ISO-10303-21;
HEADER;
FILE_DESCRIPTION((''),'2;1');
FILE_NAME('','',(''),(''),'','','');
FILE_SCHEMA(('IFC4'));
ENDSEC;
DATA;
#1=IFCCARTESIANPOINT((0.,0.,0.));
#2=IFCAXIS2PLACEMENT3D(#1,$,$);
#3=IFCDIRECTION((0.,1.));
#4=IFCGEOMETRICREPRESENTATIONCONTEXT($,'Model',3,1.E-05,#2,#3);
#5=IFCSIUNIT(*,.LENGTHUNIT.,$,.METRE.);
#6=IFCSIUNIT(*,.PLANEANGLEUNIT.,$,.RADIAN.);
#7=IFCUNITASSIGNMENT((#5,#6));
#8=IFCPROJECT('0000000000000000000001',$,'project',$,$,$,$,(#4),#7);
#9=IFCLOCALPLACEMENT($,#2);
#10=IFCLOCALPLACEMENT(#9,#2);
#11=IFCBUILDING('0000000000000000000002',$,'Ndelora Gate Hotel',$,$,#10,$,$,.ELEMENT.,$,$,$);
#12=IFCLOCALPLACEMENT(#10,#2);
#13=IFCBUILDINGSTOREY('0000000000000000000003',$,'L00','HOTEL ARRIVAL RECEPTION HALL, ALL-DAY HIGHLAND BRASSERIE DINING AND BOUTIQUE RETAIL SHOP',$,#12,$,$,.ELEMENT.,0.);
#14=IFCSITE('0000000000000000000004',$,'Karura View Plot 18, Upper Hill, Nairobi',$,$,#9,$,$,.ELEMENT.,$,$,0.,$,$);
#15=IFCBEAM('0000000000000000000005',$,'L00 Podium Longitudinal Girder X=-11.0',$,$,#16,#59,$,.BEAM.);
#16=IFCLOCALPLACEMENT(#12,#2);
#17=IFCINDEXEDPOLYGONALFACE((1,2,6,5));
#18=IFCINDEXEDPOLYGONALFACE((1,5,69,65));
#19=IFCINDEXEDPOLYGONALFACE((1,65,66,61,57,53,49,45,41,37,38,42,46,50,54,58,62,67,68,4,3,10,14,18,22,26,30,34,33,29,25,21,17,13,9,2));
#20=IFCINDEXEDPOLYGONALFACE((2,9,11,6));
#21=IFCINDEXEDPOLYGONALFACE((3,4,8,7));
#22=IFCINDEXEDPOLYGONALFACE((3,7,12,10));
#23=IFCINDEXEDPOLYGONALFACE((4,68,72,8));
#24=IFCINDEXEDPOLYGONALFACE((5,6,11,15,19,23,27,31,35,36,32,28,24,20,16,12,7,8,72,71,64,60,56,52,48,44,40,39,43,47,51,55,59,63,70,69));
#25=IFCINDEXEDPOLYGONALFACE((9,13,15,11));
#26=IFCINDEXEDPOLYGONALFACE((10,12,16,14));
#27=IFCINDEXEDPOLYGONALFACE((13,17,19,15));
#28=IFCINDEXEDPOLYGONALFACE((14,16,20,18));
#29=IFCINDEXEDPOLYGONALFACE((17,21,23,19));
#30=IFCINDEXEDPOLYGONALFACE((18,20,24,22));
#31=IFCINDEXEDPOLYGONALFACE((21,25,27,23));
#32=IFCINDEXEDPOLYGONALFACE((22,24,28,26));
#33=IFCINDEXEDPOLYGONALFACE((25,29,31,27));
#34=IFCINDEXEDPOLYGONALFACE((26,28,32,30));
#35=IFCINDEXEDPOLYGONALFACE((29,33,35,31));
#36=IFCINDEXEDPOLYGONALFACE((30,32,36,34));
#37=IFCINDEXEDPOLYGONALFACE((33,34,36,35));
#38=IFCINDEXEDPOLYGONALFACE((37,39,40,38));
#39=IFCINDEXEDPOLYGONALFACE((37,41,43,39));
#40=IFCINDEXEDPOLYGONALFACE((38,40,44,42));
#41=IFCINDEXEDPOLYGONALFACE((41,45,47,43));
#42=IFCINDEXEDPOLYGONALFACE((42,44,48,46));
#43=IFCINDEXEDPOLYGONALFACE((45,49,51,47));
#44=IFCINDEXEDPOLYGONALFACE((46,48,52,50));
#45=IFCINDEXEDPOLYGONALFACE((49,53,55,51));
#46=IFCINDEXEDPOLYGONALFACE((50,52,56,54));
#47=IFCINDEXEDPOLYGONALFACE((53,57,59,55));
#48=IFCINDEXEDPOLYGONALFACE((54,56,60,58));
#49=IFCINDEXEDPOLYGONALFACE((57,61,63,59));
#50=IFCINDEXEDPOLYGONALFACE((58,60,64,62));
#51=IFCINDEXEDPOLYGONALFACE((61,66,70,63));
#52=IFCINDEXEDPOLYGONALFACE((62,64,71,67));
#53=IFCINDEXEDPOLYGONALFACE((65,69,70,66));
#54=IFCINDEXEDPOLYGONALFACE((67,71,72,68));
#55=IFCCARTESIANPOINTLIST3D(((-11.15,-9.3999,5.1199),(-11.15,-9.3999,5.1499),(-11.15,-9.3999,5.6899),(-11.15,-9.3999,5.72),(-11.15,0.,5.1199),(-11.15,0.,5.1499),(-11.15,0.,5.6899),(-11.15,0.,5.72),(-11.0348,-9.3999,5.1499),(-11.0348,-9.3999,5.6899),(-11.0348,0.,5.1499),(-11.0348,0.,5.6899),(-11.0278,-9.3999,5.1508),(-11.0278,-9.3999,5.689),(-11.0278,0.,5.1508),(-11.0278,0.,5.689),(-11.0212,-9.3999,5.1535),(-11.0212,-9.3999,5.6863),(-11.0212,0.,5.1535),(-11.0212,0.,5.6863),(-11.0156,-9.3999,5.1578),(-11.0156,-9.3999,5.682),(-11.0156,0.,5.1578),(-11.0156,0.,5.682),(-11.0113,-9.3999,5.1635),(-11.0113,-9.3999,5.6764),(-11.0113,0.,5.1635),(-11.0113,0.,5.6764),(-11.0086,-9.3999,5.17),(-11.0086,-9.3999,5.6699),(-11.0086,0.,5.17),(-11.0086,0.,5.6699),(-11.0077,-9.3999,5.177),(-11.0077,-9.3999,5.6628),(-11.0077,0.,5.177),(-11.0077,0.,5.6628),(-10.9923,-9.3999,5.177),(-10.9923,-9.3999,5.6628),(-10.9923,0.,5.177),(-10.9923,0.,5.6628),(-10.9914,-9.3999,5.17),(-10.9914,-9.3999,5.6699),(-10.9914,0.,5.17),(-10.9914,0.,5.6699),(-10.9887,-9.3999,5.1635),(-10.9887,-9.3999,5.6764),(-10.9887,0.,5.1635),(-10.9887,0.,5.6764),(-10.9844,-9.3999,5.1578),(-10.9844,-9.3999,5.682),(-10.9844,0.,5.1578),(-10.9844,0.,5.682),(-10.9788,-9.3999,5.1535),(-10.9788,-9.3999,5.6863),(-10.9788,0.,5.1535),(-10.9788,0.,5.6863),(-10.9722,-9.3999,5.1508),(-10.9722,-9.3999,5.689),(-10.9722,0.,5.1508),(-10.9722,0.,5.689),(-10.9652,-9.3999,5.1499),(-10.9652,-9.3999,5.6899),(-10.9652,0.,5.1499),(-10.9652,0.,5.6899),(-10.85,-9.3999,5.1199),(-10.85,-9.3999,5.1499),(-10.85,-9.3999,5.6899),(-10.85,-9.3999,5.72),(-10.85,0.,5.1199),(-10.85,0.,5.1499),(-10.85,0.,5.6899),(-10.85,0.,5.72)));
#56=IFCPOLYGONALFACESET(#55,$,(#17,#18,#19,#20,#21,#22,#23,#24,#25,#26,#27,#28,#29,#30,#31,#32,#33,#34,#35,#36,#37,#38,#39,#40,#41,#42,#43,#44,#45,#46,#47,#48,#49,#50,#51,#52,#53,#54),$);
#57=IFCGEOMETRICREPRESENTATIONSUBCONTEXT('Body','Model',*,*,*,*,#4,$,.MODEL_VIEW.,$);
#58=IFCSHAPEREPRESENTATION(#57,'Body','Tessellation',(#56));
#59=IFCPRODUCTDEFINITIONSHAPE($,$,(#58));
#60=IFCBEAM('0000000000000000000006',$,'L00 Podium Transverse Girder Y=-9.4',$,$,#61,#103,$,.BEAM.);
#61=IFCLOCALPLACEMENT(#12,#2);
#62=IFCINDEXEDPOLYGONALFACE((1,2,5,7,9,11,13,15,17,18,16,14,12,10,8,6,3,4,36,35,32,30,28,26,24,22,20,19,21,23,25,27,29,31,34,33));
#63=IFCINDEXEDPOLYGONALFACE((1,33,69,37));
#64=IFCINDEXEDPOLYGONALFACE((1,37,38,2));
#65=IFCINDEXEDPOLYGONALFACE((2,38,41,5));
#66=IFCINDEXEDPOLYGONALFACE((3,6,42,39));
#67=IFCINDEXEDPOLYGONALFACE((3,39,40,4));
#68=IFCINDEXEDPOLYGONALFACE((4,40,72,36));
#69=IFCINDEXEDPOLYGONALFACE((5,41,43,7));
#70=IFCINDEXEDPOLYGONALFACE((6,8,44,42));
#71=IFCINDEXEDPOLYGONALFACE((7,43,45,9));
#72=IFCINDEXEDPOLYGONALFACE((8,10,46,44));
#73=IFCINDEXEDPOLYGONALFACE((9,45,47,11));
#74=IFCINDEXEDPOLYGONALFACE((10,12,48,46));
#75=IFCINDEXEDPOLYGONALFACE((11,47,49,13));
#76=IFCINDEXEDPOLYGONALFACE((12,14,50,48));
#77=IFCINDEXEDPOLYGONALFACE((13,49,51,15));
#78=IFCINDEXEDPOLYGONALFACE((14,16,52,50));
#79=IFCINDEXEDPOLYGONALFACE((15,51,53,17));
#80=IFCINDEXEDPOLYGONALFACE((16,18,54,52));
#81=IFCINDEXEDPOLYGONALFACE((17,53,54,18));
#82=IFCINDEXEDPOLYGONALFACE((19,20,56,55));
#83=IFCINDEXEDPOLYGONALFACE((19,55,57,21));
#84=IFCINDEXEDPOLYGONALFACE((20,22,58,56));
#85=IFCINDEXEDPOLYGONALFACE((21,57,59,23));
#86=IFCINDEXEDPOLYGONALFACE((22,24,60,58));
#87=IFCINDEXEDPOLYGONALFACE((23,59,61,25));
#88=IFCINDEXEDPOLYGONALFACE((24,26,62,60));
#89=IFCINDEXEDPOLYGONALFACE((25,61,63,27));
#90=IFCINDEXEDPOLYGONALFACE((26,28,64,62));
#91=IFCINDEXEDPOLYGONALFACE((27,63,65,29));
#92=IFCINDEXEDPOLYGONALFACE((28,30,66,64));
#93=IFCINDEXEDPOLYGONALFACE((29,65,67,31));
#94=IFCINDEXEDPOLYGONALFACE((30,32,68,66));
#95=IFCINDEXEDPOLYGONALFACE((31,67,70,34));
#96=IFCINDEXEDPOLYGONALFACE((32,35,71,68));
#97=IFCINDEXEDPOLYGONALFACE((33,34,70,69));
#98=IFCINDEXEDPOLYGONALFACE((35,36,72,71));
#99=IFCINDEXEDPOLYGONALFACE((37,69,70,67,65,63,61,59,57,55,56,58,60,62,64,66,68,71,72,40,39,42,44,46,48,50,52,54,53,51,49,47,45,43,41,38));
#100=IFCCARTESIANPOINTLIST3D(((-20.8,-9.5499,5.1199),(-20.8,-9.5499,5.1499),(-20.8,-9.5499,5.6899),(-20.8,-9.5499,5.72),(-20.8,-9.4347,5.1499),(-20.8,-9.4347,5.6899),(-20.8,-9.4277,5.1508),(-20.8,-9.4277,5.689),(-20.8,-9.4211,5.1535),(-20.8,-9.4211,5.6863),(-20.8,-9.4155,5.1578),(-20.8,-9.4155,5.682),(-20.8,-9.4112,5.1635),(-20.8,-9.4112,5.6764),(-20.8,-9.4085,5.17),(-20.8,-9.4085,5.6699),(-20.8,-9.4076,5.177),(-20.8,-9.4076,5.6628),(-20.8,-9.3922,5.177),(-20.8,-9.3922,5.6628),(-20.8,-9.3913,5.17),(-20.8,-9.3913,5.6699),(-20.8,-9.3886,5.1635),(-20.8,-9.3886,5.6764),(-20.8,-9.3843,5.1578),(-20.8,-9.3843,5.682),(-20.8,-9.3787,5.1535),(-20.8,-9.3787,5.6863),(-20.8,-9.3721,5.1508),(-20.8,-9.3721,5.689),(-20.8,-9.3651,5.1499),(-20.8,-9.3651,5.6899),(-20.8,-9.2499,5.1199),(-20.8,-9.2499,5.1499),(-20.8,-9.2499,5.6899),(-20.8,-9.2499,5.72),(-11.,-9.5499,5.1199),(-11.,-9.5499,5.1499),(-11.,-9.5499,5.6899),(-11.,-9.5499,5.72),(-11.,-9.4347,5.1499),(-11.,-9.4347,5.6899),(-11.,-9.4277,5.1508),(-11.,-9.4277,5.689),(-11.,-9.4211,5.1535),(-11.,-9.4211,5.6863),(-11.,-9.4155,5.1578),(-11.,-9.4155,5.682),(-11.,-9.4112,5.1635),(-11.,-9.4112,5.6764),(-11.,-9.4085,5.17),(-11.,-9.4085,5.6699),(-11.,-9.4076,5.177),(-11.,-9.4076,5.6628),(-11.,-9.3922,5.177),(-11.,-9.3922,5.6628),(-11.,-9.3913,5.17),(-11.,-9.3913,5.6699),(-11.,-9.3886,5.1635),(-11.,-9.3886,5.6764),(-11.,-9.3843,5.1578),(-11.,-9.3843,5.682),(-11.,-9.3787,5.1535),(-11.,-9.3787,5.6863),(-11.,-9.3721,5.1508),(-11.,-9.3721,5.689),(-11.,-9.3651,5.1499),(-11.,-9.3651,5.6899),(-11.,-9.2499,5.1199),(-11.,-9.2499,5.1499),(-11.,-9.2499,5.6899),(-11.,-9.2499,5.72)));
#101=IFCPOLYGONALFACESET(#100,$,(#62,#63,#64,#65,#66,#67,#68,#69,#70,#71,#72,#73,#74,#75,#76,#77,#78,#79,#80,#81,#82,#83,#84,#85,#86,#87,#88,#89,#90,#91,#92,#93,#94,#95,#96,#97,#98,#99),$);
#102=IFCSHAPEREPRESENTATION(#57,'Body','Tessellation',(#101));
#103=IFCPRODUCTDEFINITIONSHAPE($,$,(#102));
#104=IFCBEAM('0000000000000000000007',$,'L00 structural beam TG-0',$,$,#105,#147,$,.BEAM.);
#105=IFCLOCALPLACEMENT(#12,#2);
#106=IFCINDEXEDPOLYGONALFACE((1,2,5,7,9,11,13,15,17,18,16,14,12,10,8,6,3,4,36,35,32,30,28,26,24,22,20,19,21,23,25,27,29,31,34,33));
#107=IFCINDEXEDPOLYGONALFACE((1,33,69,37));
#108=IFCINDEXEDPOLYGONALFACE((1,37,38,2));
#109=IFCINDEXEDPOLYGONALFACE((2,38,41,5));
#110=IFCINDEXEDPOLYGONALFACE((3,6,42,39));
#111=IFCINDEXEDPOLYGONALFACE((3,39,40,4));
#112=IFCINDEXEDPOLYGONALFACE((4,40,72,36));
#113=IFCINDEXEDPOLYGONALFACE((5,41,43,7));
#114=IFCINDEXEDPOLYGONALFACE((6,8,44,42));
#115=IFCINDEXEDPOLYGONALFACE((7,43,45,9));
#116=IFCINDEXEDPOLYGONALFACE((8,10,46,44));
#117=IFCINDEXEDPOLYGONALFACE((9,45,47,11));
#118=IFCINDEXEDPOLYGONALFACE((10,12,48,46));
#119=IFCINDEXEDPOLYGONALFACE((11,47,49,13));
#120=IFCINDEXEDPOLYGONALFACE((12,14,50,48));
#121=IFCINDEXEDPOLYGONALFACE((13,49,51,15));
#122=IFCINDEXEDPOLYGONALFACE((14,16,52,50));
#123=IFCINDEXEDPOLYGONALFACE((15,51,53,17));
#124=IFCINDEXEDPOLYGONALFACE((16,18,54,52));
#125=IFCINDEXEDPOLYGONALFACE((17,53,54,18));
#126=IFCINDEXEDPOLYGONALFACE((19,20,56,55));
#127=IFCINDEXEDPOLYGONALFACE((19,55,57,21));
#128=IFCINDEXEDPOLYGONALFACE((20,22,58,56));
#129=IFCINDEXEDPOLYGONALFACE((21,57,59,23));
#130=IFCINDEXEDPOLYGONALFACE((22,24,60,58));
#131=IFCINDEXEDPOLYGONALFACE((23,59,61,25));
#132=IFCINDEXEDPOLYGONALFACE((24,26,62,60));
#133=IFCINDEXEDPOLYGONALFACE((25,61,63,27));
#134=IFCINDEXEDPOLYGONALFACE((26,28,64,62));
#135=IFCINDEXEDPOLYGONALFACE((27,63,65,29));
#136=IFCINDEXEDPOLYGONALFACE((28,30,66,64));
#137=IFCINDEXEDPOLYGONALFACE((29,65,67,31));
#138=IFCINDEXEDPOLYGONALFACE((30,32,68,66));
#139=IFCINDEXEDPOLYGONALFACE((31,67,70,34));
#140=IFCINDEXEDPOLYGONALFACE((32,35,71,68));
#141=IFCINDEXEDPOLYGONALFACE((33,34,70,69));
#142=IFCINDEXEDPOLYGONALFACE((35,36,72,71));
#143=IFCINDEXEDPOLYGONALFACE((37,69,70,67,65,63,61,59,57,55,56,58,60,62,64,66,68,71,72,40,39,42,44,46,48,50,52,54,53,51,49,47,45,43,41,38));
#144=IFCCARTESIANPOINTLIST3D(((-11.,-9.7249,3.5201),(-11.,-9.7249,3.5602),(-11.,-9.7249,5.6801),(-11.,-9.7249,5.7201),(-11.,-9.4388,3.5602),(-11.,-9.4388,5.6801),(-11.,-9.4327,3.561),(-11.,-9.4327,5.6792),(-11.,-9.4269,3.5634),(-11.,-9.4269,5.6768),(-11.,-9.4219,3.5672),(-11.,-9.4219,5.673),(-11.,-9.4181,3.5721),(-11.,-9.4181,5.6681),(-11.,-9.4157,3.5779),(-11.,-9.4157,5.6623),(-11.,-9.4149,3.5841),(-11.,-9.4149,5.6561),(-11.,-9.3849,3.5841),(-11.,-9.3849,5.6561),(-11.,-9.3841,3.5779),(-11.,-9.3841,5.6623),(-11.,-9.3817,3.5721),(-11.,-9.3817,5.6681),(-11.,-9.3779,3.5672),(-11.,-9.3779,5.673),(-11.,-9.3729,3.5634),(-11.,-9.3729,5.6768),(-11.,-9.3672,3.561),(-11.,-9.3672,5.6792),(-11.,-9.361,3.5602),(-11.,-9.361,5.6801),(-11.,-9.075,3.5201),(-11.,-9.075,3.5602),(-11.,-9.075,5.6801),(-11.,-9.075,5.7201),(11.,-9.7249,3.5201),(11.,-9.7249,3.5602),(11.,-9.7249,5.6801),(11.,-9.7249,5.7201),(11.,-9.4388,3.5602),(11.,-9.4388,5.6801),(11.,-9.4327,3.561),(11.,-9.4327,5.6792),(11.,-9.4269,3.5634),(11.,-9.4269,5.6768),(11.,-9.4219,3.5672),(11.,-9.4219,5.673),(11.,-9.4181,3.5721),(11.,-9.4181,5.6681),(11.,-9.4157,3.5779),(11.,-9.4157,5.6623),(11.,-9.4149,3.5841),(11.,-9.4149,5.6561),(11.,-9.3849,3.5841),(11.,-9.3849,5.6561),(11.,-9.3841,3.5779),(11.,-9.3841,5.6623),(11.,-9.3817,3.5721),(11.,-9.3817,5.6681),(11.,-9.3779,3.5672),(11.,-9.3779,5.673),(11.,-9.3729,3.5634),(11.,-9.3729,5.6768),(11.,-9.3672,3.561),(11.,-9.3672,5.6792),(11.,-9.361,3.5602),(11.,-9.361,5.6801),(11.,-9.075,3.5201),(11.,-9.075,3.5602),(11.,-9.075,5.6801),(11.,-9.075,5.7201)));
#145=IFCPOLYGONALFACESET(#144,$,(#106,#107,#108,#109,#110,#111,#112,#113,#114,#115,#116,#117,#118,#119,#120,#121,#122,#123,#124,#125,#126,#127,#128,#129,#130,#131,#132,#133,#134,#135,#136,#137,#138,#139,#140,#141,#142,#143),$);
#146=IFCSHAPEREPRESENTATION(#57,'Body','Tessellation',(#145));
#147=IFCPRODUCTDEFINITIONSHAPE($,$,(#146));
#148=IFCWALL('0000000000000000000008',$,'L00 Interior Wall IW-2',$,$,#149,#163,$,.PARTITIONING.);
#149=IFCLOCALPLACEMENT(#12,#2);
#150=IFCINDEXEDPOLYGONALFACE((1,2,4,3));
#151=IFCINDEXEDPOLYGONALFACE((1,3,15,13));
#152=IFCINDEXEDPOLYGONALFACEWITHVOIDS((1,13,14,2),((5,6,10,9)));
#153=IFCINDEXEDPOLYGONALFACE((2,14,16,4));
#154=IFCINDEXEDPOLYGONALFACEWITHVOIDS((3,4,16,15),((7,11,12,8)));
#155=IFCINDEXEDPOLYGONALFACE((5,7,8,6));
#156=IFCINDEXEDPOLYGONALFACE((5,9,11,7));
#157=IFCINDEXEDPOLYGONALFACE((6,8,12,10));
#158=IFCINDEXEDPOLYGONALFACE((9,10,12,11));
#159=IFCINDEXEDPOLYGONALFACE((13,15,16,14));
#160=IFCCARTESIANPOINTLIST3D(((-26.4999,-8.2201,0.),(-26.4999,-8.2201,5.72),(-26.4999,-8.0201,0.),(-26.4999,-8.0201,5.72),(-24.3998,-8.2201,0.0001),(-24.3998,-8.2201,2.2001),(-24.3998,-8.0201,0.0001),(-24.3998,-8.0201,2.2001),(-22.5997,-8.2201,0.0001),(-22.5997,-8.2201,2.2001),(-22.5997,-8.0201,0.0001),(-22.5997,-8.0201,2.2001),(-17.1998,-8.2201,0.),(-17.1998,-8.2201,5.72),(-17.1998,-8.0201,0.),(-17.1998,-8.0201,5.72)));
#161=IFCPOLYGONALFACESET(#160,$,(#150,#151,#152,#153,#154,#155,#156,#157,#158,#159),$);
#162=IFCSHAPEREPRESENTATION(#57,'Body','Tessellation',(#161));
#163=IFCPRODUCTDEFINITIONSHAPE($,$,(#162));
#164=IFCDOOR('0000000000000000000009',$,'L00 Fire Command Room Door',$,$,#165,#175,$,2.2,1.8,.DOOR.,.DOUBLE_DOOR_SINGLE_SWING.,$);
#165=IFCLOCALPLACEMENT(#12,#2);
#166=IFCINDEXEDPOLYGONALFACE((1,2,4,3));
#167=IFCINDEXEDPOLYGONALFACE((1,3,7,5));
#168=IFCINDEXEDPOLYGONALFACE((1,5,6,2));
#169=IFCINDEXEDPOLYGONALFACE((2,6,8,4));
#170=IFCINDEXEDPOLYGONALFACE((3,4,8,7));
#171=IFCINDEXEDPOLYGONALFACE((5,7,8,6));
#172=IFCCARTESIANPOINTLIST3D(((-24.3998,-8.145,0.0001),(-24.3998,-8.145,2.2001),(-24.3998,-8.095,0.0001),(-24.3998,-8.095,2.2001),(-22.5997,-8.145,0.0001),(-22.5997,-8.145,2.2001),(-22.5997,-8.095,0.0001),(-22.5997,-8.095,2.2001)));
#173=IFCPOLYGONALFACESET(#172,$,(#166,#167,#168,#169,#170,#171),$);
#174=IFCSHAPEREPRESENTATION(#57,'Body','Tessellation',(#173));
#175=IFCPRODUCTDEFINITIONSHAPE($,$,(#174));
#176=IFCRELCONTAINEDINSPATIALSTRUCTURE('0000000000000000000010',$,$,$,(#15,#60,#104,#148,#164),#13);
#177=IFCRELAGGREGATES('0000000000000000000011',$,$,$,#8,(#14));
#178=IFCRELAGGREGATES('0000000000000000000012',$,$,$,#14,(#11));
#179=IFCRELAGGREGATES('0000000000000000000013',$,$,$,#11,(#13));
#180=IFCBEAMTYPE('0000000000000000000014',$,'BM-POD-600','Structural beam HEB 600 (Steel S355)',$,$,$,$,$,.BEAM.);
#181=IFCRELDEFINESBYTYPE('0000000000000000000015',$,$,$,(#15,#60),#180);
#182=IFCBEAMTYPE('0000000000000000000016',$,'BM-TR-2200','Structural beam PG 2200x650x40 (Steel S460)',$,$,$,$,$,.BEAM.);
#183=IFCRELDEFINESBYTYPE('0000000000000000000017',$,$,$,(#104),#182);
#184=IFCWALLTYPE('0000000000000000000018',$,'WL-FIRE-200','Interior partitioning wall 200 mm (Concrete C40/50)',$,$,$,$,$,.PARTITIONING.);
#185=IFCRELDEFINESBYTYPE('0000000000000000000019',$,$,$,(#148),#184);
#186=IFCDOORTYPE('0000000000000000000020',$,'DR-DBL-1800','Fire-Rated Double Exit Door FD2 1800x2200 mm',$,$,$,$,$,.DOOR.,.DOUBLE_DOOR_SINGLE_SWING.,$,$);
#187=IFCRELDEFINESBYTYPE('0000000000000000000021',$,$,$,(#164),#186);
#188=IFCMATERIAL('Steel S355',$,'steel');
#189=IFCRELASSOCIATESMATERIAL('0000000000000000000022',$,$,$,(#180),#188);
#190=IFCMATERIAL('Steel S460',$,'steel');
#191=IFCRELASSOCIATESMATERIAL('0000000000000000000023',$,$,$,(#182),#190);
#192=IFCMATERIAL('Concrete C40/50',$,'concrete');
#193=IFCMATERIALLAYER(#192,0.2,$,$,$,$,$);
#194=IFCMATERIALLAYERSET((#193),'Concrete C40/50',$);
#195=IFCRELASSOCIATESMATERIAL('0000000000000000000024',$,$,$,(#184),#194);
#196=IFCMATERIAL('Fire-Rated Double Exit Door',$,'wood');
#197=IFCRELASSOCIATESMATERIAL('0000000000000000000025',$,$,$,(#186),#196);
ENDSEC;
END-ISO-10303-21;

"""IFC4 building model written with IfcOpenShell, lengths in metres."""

from ifc_helpers import new_model, si_unit, direction, frame, frame_2d, origin, origin_2d, place, context, subcontext, project, spatial, rectangle, i_section, extrude, material, layer, layer_set, material_profile, profile_set, type_object, element, fill, save


model = new_model("IFC4")

# Units and contexts
model_context = context("Model", 3, precision=1e-05, world=origin(), true_north=direction((0.0, 1.0)))
body_context = subcontext(model_context, "Body", "Model", "MODEL_VIEW")
ifc_project = project(units=[si_unit("LENGTHUNIT", "METRE"), si_unit("PLANEANGLEUNIT", "RADIAN")], contexts=[model_context])

# Site, building, storey
site_placement = place(None, origin())
site = spatial("IfcSite", under=ifc_project, at=site_placement, Name="Karura View Plot 18, Upper Hill, Nairobi", CompositionType="ELEMENT", RefElevation=0.0)
building_placement = place(site_placement, origin())
building = spatial("IfcBuilding", under=site, at=building_placement, Name="Ndelora Gate Hotel", CompositionType="ELEMENT")
storey_placement = place(building_placement, origin())
storey = spatial("IfcBuildingStorey", under=building, at=storey_placement, Name="L00", Description="HOTEL ARRIVAL RECEPTION HALL, ALL-DAY HIGHLAND BRASSERIE DINING AND BOUTIQUE RETAIL SHOP", CompositionType="ELEMENT", Elevation=0.0)

# Beams
ifc_material_1 = material(Name="Steel S355", Category="steel")
ifc_material_profile_1 = material_profile(ifc_material_1, i_section(OverallWidth=0.3, OverallDepth=0.6001, WebThickness=0.0154, FlangeThickness=0.03, FilletRadius=0.0271, at=origin_2d()), Name="HEB 600")
ifc_profile_set_1 = profile_set([ifc_material_profile_1], Name="Steel S355")
beam_type_1 = type_object("IfcBeamType", Name="BM-POD-600", Description="Structural beam HEB 600 (Steel S355)", PredefinedType="BEAM", material=ifc_profile_set_1)
for number, where, z_axis, x_axis, name in (
    (1, (-11.0, -9.3999, 5.4199), (0.0, 1.0, 0.0), (-1.0, 0.0, 0.0), "L00 Podium Longitudinal Girder X=-11.0"),
):
    element("IfcBeam", number, at=place(storey_placement, frame(where, z_axis=z_axis, x_axis=x_axis)), inside=storey, type_object=beam_type_1, Name=name, PredefinedType="BEAM", context=body_context, shape_type="SweptSolid", body=[
        extrude(i_section(OverallWidth=0.3, OverallDepth=0.6001, WebThickness=0.0154, FlangeThickness=0.03, FilletRadius=0.0271, at=origin_2d()), origin(), (0.0, 0.0, 1.0), 9.3999),
    ])
beam_1_placement = place(storey_placement, frame((-20.8, -9.3999, 5.4199), z_axis=(1.0, 0.0, 0.0), x_axis=(0.0, 1.0, 0.0)))
element("IfcBeam", 2, at=beam_1_placement, inside=storey, type_object=beam_type_1, Name="L00 Podium Transverse Girder Y=-9.4", PredefinedType="BEAM", context=body_context, shape_type="SweptSolid", body=[
    extrude(i_section(OverallWidth=0.3, OverallDepth=0.6001, WebThickness=0.0154, FlangeThickness=0.03, FilletRadius=0.0271, at=origin_2d()), origin(), (0.0, 0.0, 1.0), 9.8),
])
ifc_material_2 = material(Name="Steel S460", Category="steel")
ifc_material_profile_2 = material_profile(ifc_material_2, i_section(OverallWidth=0.6499, OverallDepth=2.2, WebThickness=0.03, FlangeThickness=0.04, FilletRadius=0.0239, at=origin_2d()), Name="PG 2200x650x40")
ifc_profile_set_2 = profile_set([ifc_material_profile_2], Name="Steel S460")
beam_type_2 = type_object("IfcBeamType", Name="BM-TR-2200", Description="Structural beam PG 2200x650x40 (Steel S460)", PredefinedType="BEAM", material=ifc_profile_set_2)
beam_2_placement = place(storey_placement, frame((-11.0, -9.3999, 4.6201), z_axis=(1.0, 0.0, 0.0), x_axis=(0.0, 1.0, 0.0)))
element("IfcBeam", 3, at=beam_2_placement, inside=storey, type_object=beam_type_2, Name="L00 structural beam TG-0", PredefinedType="BEAM", context=body_context, shape_type="SweptSolid", body=[
    extrude(i_section(OverallWidth=0.6499, OverallDepth=2.2, WebThickness=0.03, FlangeThickness=0.04, FilletRadius=0.0239, at=origin_2d()), origin(), (0.0, 0.0, 1.0), 22.0),
])

# Wall, opening, door
ifc_material_3 = material(Name="Concrete C40/50", Category="concrete")
ifc_layer_1 = layer(ifc_material_3, 0.2)
ifc_layer_set_1 = layer_set([ifc_layer_1], Name="Concrete C40/50")
wall_type_1 = type_object("IfcWallType", Name="WL-FIRE-200", Description="Interior partitioning wall 200 mm (Concrete C40/50)", PredefinedType="PARTITIONING", material=ifc_layer_set_1)
wall_1_placement = place(storey_placement, frame((-17.2, -8.1201, 0.0), z_axis=(0.0, 0.0, 1.0), x_axis=(-1.0, 0.0, 0.0)))
wall_1 = element("IfcWall", 4, at=wall_1_placement, inside=storey, type_object=wall_type_1, Name="L00 Interior Wall IW-2", PredefinedType="PARTITIONING", context=body_context, shape_type="SweptSolid", body=[
    extrude(rectangle(XDim=9.3, YDim=0.2, at=frame_2d((4.6499, 0.0))), origin(), (0.0, 0.0, 1.0), 5.72),
])
opening_1_placement = place(wall_1_placement, frame((5.3999, 0.0, 0.0)))
opening_1 = element("IfcOpeningElement", 5, at=opening_1_placement, cuts=wall_1, PredefinedType="OPENING", context=body_context, shape_type="SweptSolid", body=[
    extrude(rectangle(XDim=1.8, YDim=2.2, at=frame_2d((0.8999, 1.1001))), frame((0.0, 0.1099, 0.0), z_axis=(0.0, -1.0, 0.0), x_axis=(1.0, 0.0, 0.0)), (0.0, 0.0, 1.0), 0.22),
])
ifc_material_4 = material(Name="Fire-Rated Double Exit Door", Category="wood")
door_type_1 = type_object("IfcDoorType", Name="DR-DBL-1800", Description="Fire-Rated Double Exit Door FD2 1800x2200 mm", OperationType="DOUBLE_DOOR_SINGLE_SWING", PredefinedType="DOOR", material=ifc_material_4)
door_1_placement = place(opening_1_placement, origin())
door_1 = element("IfcDoor", 6, at=door_1_placement, inside=storey, type_object=door_type_1, Name="L00 Fire Command Room Door", OperationType="DOUBLE_DOOR_SINGLE_SWING", OverallHeight=2.2, OverallWidth=1.8, PredefinedType="DOOR", context=body_context, shape_type="SweptSolid", body=[
    extrude(rectangle(XDim=1.8, YDim=2.2, at=frame_2d((0.8999, 1.1001))), frame((0.0, 0.0249, 0.0), z_axis=(0.0, -1.0, 0.0), x_axis=(1.0, 0.0, 0.0)), (0.0, 0.0, 1.0), 0.05),
])
fill(opening_1, door_1)

save(model, "model.ifc")
